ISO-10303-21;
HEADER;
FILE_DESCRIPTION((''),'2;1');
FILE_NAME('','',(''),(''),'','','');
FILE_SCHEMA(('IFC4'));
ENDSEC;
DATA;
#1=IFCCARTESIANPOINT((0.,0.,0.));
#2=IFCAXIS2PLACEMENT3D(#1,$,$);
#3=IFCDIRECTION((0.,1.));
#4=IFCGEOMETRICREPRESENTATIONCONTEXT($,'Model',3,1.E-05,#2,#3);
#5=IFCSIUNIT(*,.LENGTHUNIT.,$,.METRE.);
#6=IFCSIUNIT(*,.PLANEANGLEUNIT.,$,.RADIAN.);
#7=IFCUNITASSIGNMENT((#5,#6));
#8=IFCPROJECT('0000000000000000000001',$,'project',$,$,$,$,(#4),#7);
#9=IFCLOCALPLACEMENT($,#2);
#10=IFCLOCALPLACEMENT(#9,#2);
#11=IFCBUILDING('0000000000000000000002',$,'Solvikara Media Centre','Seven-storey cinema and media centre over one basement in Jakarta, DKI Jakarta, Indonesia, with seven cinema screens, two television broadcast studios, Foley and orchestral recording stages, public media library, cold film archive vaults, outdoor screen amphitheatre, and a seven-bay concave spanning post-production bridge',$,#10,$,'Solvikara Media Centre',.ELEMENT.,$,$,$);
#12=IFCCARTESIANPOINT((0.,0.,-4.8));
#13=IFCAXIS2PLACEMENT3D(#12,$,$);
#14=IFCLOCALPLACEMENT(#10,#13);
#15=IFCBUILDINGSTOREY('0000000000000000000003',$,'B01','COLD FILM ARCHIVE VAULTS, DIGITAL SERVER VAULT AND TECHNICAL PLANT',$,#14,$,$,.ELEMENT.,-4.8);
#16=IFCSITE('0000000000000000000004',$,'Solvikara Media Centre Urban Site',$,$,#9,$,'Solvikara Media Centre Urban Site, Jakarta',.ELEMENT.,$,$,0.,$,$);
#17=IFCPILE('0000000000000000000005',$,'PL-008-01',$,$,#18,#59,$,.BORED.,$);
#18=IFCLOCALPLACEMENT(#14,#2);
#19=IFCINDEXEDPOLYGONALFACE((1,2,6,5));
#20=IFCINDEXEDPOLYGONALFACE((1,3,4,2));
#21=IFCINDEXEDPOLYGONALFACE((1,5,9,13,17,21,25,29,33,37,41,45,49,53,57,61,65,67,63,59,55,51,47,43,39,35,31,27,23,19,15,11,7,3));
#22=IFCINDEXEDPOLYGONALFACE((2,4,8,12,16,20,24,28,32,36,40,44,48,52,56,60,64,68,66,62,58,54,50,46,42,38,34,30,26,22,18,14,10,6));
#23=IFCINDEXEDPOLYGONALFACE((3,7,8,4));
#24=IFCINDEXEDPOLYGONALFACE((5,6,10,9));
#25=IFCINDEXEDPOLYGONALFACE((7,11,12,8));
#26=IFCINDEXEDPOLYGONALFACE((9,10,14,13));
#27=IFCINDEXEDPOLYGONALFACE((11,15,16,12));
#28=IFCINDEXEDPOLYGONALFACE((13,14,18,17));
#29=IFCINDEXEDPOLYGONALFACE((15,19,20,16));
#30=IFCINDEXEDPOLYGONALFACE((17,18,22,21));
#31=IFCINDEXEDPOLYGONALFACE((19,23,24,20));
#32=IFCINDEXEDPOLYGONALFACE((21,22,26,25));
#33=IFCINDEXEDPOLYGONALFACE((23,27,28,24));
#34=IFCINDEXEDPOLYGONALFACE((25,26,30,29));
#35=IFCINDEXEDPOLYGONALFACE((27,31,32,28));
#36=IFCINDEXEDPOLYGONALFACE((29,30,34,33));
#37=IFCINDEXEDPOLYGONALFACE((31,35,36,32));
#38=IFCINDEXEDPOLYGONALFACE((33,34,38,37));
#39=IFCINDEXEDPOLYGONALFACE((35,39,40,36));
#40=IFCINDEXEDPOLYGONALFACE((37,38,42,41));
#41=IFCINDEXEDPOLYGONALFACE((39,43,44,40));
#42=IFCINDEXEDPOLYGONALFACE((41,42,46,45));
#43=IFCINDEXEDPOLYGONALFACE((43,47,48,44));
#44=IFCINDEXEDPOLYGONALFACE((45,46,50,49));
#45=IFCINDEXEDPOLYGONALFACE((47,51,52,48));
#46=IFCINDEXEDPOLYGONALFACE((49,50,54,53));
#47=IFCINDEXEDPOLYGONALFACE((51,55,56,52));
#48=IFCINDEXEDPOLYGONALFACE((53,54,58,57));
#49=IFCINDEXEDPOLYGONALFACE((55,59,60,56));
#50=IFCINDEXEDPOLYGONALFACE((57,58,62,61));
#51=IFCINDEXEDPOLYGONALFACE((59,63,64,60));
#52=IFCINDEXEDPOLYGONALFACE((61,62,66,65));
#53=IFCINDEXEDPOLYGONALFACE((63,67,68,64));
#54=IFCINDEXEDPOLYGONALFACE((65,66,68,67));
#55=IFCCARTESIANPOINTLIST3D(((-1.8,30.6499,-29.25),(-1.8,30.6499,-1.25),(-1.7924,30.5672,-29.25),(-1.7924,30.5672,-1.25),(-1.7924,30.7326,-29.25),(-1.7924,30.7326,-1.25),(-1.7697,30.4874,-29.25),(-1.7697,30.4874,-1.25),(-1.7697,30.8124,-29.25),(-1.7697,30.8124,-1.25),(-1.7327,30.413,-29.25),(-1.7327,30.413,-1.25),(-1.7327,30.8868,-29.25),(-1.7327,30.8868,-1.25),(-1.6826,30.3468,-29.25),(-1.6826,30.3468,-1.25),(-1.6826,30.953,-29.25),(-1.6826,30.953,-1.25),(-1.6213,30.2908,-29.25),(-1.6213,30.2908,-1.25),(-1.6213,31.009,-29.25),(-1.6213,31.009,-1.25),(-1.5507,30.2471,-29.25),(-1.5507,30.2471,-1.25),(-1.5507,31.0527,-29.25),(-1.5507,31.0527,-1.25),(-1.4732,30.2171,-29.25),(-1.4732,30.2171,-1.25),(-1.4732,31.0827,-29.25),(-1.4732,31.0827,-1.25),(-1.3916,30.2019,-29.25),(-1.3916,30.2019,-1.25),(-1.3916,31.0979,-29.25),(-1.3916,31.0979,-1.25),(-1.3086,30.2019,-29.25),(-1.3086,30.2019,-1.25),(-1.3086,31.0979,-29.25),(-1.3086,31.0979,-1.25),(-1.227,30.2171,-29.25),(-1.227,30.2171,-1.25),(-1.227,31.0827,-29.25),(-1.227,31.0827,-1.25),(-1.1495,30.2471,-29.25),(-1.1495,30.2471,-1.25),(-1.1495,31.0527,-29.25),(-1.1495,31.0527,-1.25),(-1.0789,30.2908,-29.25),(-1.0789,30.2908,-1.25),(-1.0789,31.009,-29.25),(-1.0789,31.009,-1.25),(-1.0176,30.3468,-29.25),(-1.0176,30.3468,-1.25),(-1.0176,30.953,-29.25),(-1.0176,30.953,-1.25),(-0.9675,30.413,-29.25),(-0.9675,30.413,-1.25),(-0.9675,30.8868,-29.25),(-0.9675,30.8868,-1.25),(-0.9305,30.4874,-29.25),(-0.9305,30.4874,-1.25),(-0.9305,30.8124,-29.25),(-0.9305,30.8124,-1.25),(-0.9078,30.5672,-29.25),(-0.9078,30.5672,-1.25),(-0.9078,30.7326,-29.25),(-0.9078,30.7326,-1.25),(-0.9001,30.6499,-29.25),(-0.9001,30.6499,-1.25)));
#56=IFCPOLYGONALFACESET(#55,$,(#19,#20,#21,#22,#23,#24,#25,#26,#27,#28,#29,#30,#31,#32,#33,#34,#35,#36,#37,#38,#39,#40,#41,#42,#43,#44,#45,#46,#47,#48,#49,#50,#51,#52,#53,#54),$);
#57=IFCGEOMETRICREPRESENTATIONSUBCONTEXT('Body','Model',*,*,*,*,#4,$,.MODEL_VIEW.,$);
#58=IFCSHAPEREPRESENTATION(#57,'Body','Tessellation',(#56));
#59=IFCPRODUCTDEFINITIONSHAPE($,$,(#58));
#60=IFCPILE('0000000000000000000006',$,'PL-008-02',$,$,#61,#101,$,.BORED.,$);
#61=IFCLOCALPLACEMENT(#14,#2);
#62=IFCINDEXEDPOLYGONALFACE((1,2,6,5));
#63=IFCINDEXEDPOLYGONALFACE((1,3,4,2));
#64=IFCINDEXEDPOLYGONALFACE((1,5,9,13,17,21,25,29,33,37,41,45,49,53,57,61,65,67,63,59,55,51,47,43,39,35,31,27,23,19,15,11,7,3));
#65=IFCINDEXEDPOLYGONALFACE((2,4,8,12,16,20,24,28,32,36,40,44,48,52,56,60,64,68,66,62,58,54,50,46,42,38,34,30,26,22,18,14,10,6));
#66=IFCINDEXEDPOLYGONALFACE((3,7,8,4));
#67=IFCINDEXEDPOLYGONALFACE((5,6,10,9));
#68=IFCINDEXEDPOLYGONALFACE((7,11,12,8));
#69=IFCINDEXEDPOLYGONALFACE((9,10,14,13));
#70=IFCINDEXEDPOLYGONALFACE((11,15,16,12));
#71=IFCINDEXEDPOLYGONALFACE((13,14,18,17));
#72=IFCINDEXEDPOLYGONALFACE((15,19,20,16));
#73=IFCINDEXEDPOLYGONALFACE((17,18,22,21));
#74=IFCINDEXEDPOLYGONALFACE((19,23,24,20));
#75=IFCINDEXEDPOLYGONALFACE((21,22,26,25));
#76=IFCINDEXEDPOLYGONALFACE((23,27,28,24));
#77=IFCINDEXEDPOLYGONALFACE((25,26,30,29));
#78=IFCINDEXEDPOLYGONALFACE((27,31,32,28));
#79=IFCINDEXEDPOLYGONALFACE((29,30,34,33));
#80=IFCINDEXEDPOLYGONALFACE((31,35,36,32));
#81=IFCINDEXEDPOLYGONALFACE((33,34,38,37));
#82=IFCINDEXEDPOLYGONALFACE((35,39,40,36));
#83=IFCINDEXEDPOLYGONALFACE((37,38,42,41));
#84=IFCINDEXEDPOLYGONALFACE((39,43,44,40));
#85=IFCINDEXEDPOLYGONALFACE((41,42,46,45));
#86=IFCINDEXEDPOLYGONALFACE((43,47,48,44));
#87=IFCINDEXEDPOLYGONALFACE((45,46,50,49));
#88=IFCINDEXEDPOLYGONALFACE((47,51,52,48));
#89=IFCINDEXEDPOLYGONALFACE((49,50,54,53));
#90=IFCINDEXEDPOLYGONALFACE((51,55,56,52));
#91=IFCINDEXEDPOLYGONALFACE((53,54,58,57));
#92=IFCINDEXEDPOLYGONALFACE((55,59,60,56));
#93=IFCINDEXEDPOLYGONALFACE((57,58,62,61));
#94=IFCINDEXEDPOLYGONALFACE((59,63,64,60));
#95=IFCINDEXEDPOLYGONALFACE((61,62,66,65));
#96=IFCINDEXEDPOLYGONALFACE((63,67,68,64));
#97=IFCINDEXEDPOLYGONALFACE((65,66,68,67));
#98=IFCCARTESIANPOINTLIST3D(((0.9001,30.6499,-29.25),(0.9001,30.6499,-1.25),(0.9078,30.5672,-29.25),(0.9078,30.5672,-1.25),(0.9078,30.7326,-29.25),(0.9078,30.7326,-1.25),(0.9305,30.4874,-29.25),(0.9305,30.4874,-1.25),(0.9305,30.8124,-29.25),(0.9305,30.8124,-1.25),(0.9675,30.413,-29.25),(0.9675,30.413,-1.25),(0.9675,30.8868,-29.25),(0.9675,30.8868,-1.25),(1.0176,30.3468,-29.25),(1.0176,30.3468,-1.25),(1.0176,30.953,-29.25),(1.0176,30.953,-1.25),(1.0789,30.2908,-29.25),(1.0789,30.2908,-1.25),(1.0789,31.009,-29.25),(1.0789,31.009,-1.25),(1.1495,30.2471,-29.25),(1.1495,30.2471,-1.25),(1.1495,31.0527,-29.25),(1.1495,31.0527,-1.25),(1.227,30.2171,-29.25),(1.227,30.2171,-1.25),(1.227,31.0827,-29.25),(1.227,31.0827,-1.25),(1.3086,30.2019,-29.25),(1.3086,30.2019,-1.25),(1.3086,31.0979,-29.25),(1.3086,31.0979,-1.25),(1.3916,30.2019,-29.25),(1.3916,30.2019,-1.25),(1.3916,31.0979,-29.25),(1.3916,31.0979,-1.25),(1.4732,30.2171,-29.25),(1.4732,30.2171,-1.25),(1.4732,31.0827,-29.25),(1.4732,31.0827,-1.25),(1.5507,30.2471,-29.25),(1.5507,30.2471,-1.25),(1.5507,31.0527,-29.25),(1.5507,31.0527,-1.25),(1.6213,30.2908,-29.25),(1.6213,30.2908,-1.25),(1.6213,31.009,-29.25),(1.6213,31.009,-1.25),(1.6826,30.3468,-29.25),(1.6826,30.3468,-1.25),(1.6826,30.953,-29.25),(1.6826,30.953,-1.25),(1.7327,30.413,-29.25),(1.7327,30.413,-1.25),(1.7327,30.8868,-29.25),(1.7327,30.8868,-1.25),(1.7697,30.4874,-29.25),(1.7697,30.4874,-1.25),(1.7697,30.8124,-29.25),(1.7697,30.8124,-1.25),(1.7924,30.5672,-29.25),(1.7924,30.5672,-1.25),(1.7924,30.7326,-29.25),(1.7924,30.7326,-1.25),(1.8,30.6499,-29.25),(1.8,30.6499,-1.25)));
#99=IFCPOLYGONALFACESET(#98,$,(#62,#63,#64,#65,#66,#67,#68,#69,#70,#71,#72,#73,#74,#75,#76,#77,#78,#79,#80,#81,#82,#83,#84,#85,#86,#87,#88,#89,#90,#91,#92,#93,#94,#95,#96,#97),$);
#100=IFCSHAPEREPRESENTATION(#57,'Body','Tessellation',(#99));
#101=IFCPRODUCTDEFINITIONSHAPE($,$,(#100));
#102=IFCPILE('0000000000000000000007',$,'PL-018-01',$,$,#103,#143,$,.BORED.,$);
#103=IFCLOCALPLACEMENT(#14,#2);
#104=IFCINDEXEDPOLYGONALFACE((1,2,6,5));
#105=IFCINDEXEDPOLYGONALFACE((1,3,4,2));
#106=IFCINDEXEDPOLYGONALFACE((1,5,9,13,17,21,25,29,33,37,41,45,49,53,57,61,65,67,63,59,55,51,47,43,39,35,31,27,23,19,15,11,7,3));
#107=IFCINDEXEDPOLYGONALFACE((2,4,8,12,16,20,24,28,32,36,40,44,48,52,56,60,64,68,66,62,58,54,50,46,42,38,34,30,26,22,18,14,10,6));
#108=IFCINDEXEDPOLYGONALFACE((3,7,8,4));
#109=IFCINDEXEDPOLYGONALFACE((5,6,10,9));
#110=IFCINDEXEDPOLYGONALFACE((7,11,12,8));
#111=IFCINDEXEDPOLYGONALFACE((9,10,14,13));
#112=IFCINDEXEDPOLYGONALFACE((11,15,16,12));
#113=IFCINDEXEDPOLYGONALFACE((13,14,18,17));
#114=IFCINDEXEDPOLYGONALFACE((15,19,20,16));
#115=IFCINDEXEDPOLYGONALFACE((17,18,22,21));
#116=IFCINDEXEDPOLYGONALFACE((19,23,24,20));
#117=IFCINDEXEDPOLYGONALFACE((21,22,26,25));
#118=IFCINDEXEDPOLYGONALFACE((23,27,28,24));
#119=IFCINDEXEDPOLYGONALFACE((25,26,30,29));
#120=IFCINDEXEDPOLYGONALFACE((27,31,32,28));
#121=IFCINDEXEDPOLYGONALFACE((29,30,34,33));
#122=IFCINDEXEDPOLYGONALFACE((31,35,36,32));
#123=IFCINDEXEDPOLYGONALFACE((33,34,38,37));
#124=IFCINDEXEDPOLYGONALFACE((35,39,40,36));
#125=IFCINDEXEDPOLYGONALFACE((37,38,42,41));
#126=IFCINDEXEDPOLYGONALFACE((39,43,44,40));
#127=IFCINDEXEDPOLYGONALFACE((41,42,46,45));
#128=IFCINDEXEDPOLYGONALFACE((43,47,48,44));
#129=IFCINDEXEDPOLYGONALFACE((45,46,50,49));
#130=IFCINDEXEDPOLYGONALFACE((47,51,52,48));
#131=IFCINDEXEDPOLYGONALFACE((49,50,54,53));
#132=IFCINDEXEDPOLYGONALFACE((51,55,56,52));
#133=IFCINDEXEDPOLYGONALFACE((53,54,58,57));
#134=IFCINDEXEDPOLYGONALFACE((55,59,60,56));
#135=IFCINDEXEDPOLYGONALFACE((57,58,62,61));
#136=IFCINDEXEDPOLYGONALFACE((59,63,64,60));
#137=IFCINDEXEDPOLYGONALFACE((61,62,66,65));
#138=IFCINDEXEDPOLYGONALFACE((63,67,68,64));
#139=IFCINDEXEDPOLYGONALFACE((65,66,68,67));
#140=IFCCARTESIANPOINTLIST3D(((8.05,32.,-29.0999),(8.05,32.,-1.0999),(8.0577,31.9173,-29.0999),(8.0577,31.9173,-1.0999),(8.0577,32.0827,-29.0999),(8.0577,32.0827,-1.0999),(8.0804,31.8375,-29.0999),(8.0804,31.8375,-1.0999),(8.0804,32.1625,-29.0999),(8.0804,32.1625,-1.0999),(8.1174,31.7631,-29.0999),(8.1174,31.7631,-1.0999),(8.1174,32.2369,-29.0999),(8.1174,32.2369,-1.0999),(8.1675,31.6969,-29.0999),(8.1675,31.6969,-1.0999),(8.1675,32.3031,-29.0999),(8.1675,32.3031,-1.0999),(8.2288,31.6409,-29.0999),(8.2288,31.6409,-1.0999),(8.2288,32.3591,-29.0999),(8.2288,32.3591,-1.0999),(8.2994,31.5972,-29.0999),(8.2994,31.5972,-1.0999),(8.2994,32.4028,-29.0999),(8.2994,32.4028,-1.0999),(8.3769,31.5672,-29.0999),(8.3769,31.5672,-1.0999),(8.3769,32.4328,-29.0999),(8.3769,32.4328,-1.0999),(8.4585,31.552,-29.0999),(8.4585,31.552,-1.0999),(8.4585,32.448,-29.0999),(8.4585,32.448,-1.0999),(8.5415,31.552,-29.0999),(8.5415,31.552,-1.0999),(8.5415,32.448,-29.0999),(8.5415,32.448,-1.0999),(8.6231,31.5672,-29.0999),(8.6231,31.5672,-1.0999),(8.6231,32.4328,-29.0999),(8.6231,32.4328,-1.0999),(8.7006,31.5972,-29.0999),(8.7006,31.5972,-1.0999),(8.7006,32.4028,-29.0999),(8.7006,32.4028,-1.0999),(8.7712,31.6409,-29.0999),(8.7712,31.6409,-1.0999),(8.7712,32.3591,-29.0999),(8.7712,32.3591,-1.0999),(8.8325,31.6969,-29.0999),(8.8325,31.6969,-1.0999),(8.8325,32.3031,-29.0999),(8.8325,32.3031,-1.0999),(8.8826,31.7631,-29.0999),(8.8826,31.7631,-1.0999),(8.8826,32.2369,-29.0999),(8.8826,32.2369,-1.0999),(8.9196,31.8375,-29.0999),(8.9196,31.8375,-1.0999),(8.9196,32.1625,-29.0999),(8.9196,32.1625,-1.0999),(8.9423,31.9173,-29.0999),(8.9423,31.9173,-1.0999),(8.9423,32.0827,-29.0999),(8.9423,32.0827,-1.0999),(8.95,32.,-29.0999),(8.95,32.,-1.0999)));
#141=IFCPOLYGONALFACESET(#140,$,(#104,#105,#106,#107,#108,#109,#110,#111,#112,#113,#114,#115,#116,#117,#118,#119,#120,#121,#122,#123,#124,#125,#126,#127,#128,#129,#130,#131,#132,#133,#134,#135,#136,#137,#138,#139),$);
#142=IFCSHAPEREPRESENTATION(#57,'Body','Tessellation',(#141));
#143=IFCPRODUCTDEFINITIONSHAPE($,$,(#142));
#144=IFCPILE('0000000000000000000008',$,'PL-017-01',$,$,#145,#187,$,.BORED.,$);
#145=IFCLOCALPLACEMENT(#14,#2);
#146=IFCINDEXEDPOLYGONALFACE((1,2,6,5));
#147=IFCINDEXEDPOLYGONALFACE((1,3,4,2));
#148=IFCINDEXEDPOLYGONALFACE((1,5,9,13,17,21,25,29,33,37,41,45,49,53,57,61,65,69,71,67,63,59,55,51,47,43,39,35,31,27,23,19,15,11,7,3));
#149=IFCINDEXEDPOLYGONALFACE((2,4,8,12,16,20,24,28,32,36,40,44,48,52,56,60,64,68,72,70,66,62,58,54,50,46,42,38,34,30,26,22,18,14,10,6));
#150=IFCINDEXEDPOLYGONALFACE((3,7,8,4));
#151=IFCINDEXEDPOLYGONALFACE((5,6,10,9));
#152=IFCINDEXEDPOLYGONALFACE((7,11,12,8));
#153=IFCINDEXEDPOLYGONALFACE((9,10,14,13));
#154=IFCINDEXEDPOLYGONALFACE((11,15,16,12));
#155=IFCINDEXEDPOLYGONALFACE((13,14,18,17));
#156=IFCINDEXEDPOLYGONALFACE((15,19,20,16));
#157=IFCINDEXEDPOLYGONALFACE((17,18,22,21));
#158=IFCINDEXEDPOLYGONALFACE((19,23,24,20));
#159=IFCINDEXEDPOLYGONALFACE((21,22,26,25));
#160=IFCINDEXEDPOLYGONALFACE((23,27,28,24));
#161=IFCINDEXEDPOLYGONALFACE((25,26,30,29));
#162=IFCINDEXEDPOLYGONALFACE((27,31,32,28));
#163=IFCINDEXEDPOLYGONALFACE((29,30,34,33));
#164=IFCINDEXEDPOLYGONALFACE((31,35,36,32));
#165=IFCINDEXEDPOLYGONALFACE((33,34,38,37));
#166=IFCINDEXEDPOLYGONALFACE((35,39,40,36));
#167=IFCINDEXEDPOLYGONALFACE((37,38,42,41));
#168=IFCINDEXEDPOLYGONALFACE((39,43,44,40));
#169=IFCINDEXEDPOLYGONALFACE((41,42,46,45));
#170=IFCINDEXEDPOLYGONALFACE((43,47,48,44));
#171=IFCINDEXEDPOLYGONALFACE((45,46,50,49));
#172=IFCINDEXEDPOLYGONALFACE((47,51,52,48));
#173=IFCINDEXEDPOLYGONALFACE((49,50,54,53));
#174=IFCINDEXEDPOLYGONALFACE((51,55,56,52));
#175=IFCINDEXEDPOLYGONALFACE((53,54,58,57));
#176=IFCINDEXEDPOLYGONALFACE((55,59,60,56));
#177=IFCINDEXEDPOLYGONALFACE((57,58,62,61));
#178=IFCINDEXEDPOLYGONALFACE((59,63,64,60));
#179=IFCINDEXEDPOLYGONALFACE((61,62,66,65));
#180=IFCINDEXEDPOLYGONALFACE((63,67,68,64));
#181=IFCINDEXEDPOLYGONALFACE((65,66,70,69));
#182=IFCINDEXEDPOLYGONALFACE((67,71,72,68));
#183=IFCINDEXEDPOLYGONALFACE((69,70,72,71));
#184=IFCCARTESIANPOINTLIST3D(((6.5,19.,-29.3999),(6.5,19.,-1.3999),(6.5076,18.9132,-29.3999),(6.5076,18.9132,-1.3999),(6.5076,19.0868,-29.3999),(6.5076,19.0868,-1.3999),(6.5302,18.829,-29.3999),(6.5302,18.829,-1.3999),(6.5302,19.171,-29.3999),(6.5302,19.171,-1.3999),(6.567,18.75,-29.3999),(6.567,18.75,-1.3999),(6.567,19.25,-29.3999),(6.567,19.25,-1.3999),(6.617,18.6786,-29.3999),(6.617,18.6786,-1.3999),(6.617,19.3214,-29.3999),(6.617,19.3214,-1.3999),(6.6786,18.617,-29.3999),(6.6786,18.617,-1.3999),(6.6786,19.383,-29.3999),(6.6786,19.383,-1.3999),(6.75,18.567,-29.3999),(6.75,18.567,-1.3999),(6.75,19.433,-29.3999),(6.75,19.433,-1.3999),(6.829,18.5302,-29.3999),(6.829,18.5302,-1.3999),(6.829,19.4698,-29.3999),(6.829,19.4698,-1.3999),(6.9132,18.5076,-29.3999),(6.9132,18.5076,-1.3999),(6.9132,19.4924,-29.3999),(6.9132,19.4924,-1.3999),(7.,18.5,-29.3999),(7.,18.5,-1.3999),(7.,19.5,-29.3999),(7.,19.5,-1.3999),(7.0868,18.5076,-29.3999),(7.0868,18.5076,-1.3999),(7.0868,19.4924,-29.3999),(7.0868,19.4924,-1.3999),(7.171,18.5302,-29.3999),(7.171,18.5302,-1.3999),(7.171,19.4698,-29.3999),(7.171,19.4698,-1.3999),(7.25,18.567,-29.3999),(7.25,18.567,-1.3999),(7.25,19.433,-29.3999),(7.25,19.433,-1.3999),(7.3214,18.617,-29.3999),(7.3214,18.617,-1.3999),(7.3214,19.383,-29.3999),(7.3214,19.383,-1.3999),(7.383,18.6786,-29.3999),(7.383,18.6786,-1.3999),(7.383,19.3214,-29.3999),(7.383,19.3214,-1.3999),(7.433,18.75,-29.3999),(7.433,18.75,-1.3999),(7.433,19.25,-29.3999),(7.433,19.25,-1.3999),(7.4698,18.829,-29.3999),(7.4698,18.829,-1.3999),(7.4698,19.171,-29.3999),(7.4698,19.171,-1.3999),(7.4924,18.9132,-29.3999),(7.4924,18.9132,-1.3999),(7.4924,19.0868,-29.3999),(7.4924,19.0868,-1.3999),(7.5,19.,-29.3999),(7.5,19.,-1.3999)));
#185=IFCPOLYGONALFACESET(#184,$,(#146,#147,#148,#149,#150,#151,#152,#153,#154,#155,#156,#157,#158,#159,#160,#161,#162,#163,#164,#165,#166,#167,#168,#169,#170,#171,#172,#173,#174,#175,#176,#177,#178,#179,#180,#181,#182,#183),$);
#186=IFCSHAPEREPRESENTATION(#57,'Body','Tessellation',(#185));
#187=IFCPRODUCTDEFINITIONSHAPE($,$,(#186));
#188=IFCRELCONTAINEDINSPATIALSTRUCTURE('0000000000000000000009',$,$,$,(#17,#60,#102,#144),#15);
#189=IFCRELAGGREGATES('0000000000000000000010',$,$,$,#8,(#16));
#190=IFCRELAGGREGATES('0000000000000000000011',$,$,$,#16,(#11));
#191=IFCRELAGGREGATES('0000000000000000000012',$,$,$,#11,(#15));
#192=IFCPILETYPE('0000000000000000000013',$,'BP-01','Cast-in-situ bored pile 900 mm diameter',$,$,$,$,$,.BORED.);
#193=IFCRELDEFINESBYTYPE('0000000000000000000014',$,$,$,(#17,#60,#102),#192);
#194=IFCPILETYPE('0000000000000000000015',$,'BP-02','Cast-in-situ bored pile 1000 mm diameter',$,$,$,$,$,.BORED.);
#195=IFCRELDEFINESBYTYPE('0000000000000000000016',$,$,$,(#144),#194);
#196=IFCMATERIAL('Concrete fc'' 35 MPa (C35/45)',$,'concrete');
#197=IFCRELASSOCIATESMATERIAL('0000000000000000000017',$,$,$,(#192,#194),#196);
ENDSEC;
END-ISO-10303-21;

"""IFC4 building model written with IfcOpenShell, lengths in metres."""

from ifc_helpers import new_model, si_unit, direction, frame, origin, origin_2d, place, context, subcontext, project, spatial, circle, extrude, material, material_profile, profile_set, type_object, element, save


model = new_model("IFC4")

# Units and contexts
model_context = context("Model", 3, precision=1e-05, world=origin(), true_north=direction((0.0, 1.0)))
body_context = subcontext(model_context, "Body", "Model", "MODEL_VIEW")
ifc_project = project(units=[si_unit("LENGTHUNIT", "METRE"), si_unit("PLANEANGLEUNIT", "RADIAN")], contexts=[model_context])

# Site, building, storey
site_placement = place(None, origin())
site = spatial("IfcSite", under=ifc_project, at=site_placement, Name="Solvikara Media Centre Urban Site", LongName="Solvikara Media Centre Urban Site, Jakarta", CompositionType="ELEMENT", RefElevation=0.0)
building_placement = place(site_placement, origin())
building = spatial("IfcBuilding", under=site, at=building_placement, Name="Solvikara Media Centre", Description="Seven-storey cinema and media centre over one basement in Jakarta, DKI Jakarta, Indonesia, with seven cinema screens, two television broadcast studios, Foley and orchestral recording stages, public media library, cold film archive vaults, outdoor screen amphitheatre, and a seven-bay concave spanning post-production bridge", LongName="Solvikara Media Centre", CompositionType="ELEMENT")
storey_placement = place(building_placement, frame((0.0, 0.0, -4.8)))
storey = spatial("IfcBuildingStorey", under=building, at=storey_placement, Name="B01", Description="COLD FILM ARCHIVE VAULTS, DIGITAL SERVER VAULT AND TECHNICAL PLANT", CompositionType="ELEMENT", Elevation=-4.8)

# Piles
ifc_material_1 = material(Name="Concrete fc' 35 MPa (C35/45)", Category="concrete")
ifc_material_profile_1 = material_profile(ifc_material_1, circle(Radius=0.45, at=origin_2d()), Name="BORED PILE D900")
ifc_profile_set_1 = profile_set([ifc_material_profile_1], Name="Concrete fc' 35 MPa (C35/45)")
pile_type_1 = type_object("IfcPileType", Name="BP-01", Description="Cast-in-situ bored pile 900 mm diameter", PredefinedType="BORED", material=ifc_profile_set_1)
for number, where, z_axis, x_axis, name in (
    (1, (-1.3501, 30.6499, -1.25), (0.0, 0.0, -1.0), (1.0, 0.0, 0.0), "PL-008-01"),
    (2, (1.3501, 30.6499, -1.25), (0.0, 0.0, -1.0), (1.0, 0.0, 0.0), "PL-008-02"),
    (3, (8.5, 32.0, -1.0999), (0.0, 0.0, -1.0), (1.0, 0.0, 0.0), "PL-018-01"),
):
    element("IfcPile", number, at=place(storey_placement, frame(where, z_axis=z_axis, x_axis=x_axis)), inside=storey, type_object=pile_type_1, Name=name, PredefinedType="BORED", context=body_context, shape_type="SweptSolid", body=[
        extrude(circle(Radius=0.45, at=origin_2d()), origin(), (0.0, 0.0, 1.0), 28.0),
    ])
ifc_material_profile_2 = material_profile(ifc_material_1, circle(Radius=0.5, at=origin_2d()), Name="BORED PILE D1000")
ifc_profile_set_2 = profile_set([ifc_material_profile_2], Name="Concrete fc' 35 MPa (C35/45)")
pile_type_2 = type_object("IfcPileType", Name="BP-02", Description="Cast-in-situ bored pile 1000 mm diameter", PredefinedType="BORED", material=ifc_profile_set_2)
for number, where, z_axis, x_axis, name in (
    (4, (7.0, 19.0, -1.3999), (0.0, 0.0, -1.0), (1.0, 0.0, 0.0), "PL-017-01"),
):
    element("IfcPile", number, at=place(storey_placement, frame(where, z_axis=z_axis, x_axis=x_axis)), inside=storey, type_object=pile_type_2, Name=name, PredefinedType="BORED", context=body_context, shape_type="SweptSolid", body=[
        extrude(circle(Radius=0.5, at=origin_2d()), origin(), (0.0, 0.0, 1.0), 28.0),
    ])

save(model, "model.ifc")
